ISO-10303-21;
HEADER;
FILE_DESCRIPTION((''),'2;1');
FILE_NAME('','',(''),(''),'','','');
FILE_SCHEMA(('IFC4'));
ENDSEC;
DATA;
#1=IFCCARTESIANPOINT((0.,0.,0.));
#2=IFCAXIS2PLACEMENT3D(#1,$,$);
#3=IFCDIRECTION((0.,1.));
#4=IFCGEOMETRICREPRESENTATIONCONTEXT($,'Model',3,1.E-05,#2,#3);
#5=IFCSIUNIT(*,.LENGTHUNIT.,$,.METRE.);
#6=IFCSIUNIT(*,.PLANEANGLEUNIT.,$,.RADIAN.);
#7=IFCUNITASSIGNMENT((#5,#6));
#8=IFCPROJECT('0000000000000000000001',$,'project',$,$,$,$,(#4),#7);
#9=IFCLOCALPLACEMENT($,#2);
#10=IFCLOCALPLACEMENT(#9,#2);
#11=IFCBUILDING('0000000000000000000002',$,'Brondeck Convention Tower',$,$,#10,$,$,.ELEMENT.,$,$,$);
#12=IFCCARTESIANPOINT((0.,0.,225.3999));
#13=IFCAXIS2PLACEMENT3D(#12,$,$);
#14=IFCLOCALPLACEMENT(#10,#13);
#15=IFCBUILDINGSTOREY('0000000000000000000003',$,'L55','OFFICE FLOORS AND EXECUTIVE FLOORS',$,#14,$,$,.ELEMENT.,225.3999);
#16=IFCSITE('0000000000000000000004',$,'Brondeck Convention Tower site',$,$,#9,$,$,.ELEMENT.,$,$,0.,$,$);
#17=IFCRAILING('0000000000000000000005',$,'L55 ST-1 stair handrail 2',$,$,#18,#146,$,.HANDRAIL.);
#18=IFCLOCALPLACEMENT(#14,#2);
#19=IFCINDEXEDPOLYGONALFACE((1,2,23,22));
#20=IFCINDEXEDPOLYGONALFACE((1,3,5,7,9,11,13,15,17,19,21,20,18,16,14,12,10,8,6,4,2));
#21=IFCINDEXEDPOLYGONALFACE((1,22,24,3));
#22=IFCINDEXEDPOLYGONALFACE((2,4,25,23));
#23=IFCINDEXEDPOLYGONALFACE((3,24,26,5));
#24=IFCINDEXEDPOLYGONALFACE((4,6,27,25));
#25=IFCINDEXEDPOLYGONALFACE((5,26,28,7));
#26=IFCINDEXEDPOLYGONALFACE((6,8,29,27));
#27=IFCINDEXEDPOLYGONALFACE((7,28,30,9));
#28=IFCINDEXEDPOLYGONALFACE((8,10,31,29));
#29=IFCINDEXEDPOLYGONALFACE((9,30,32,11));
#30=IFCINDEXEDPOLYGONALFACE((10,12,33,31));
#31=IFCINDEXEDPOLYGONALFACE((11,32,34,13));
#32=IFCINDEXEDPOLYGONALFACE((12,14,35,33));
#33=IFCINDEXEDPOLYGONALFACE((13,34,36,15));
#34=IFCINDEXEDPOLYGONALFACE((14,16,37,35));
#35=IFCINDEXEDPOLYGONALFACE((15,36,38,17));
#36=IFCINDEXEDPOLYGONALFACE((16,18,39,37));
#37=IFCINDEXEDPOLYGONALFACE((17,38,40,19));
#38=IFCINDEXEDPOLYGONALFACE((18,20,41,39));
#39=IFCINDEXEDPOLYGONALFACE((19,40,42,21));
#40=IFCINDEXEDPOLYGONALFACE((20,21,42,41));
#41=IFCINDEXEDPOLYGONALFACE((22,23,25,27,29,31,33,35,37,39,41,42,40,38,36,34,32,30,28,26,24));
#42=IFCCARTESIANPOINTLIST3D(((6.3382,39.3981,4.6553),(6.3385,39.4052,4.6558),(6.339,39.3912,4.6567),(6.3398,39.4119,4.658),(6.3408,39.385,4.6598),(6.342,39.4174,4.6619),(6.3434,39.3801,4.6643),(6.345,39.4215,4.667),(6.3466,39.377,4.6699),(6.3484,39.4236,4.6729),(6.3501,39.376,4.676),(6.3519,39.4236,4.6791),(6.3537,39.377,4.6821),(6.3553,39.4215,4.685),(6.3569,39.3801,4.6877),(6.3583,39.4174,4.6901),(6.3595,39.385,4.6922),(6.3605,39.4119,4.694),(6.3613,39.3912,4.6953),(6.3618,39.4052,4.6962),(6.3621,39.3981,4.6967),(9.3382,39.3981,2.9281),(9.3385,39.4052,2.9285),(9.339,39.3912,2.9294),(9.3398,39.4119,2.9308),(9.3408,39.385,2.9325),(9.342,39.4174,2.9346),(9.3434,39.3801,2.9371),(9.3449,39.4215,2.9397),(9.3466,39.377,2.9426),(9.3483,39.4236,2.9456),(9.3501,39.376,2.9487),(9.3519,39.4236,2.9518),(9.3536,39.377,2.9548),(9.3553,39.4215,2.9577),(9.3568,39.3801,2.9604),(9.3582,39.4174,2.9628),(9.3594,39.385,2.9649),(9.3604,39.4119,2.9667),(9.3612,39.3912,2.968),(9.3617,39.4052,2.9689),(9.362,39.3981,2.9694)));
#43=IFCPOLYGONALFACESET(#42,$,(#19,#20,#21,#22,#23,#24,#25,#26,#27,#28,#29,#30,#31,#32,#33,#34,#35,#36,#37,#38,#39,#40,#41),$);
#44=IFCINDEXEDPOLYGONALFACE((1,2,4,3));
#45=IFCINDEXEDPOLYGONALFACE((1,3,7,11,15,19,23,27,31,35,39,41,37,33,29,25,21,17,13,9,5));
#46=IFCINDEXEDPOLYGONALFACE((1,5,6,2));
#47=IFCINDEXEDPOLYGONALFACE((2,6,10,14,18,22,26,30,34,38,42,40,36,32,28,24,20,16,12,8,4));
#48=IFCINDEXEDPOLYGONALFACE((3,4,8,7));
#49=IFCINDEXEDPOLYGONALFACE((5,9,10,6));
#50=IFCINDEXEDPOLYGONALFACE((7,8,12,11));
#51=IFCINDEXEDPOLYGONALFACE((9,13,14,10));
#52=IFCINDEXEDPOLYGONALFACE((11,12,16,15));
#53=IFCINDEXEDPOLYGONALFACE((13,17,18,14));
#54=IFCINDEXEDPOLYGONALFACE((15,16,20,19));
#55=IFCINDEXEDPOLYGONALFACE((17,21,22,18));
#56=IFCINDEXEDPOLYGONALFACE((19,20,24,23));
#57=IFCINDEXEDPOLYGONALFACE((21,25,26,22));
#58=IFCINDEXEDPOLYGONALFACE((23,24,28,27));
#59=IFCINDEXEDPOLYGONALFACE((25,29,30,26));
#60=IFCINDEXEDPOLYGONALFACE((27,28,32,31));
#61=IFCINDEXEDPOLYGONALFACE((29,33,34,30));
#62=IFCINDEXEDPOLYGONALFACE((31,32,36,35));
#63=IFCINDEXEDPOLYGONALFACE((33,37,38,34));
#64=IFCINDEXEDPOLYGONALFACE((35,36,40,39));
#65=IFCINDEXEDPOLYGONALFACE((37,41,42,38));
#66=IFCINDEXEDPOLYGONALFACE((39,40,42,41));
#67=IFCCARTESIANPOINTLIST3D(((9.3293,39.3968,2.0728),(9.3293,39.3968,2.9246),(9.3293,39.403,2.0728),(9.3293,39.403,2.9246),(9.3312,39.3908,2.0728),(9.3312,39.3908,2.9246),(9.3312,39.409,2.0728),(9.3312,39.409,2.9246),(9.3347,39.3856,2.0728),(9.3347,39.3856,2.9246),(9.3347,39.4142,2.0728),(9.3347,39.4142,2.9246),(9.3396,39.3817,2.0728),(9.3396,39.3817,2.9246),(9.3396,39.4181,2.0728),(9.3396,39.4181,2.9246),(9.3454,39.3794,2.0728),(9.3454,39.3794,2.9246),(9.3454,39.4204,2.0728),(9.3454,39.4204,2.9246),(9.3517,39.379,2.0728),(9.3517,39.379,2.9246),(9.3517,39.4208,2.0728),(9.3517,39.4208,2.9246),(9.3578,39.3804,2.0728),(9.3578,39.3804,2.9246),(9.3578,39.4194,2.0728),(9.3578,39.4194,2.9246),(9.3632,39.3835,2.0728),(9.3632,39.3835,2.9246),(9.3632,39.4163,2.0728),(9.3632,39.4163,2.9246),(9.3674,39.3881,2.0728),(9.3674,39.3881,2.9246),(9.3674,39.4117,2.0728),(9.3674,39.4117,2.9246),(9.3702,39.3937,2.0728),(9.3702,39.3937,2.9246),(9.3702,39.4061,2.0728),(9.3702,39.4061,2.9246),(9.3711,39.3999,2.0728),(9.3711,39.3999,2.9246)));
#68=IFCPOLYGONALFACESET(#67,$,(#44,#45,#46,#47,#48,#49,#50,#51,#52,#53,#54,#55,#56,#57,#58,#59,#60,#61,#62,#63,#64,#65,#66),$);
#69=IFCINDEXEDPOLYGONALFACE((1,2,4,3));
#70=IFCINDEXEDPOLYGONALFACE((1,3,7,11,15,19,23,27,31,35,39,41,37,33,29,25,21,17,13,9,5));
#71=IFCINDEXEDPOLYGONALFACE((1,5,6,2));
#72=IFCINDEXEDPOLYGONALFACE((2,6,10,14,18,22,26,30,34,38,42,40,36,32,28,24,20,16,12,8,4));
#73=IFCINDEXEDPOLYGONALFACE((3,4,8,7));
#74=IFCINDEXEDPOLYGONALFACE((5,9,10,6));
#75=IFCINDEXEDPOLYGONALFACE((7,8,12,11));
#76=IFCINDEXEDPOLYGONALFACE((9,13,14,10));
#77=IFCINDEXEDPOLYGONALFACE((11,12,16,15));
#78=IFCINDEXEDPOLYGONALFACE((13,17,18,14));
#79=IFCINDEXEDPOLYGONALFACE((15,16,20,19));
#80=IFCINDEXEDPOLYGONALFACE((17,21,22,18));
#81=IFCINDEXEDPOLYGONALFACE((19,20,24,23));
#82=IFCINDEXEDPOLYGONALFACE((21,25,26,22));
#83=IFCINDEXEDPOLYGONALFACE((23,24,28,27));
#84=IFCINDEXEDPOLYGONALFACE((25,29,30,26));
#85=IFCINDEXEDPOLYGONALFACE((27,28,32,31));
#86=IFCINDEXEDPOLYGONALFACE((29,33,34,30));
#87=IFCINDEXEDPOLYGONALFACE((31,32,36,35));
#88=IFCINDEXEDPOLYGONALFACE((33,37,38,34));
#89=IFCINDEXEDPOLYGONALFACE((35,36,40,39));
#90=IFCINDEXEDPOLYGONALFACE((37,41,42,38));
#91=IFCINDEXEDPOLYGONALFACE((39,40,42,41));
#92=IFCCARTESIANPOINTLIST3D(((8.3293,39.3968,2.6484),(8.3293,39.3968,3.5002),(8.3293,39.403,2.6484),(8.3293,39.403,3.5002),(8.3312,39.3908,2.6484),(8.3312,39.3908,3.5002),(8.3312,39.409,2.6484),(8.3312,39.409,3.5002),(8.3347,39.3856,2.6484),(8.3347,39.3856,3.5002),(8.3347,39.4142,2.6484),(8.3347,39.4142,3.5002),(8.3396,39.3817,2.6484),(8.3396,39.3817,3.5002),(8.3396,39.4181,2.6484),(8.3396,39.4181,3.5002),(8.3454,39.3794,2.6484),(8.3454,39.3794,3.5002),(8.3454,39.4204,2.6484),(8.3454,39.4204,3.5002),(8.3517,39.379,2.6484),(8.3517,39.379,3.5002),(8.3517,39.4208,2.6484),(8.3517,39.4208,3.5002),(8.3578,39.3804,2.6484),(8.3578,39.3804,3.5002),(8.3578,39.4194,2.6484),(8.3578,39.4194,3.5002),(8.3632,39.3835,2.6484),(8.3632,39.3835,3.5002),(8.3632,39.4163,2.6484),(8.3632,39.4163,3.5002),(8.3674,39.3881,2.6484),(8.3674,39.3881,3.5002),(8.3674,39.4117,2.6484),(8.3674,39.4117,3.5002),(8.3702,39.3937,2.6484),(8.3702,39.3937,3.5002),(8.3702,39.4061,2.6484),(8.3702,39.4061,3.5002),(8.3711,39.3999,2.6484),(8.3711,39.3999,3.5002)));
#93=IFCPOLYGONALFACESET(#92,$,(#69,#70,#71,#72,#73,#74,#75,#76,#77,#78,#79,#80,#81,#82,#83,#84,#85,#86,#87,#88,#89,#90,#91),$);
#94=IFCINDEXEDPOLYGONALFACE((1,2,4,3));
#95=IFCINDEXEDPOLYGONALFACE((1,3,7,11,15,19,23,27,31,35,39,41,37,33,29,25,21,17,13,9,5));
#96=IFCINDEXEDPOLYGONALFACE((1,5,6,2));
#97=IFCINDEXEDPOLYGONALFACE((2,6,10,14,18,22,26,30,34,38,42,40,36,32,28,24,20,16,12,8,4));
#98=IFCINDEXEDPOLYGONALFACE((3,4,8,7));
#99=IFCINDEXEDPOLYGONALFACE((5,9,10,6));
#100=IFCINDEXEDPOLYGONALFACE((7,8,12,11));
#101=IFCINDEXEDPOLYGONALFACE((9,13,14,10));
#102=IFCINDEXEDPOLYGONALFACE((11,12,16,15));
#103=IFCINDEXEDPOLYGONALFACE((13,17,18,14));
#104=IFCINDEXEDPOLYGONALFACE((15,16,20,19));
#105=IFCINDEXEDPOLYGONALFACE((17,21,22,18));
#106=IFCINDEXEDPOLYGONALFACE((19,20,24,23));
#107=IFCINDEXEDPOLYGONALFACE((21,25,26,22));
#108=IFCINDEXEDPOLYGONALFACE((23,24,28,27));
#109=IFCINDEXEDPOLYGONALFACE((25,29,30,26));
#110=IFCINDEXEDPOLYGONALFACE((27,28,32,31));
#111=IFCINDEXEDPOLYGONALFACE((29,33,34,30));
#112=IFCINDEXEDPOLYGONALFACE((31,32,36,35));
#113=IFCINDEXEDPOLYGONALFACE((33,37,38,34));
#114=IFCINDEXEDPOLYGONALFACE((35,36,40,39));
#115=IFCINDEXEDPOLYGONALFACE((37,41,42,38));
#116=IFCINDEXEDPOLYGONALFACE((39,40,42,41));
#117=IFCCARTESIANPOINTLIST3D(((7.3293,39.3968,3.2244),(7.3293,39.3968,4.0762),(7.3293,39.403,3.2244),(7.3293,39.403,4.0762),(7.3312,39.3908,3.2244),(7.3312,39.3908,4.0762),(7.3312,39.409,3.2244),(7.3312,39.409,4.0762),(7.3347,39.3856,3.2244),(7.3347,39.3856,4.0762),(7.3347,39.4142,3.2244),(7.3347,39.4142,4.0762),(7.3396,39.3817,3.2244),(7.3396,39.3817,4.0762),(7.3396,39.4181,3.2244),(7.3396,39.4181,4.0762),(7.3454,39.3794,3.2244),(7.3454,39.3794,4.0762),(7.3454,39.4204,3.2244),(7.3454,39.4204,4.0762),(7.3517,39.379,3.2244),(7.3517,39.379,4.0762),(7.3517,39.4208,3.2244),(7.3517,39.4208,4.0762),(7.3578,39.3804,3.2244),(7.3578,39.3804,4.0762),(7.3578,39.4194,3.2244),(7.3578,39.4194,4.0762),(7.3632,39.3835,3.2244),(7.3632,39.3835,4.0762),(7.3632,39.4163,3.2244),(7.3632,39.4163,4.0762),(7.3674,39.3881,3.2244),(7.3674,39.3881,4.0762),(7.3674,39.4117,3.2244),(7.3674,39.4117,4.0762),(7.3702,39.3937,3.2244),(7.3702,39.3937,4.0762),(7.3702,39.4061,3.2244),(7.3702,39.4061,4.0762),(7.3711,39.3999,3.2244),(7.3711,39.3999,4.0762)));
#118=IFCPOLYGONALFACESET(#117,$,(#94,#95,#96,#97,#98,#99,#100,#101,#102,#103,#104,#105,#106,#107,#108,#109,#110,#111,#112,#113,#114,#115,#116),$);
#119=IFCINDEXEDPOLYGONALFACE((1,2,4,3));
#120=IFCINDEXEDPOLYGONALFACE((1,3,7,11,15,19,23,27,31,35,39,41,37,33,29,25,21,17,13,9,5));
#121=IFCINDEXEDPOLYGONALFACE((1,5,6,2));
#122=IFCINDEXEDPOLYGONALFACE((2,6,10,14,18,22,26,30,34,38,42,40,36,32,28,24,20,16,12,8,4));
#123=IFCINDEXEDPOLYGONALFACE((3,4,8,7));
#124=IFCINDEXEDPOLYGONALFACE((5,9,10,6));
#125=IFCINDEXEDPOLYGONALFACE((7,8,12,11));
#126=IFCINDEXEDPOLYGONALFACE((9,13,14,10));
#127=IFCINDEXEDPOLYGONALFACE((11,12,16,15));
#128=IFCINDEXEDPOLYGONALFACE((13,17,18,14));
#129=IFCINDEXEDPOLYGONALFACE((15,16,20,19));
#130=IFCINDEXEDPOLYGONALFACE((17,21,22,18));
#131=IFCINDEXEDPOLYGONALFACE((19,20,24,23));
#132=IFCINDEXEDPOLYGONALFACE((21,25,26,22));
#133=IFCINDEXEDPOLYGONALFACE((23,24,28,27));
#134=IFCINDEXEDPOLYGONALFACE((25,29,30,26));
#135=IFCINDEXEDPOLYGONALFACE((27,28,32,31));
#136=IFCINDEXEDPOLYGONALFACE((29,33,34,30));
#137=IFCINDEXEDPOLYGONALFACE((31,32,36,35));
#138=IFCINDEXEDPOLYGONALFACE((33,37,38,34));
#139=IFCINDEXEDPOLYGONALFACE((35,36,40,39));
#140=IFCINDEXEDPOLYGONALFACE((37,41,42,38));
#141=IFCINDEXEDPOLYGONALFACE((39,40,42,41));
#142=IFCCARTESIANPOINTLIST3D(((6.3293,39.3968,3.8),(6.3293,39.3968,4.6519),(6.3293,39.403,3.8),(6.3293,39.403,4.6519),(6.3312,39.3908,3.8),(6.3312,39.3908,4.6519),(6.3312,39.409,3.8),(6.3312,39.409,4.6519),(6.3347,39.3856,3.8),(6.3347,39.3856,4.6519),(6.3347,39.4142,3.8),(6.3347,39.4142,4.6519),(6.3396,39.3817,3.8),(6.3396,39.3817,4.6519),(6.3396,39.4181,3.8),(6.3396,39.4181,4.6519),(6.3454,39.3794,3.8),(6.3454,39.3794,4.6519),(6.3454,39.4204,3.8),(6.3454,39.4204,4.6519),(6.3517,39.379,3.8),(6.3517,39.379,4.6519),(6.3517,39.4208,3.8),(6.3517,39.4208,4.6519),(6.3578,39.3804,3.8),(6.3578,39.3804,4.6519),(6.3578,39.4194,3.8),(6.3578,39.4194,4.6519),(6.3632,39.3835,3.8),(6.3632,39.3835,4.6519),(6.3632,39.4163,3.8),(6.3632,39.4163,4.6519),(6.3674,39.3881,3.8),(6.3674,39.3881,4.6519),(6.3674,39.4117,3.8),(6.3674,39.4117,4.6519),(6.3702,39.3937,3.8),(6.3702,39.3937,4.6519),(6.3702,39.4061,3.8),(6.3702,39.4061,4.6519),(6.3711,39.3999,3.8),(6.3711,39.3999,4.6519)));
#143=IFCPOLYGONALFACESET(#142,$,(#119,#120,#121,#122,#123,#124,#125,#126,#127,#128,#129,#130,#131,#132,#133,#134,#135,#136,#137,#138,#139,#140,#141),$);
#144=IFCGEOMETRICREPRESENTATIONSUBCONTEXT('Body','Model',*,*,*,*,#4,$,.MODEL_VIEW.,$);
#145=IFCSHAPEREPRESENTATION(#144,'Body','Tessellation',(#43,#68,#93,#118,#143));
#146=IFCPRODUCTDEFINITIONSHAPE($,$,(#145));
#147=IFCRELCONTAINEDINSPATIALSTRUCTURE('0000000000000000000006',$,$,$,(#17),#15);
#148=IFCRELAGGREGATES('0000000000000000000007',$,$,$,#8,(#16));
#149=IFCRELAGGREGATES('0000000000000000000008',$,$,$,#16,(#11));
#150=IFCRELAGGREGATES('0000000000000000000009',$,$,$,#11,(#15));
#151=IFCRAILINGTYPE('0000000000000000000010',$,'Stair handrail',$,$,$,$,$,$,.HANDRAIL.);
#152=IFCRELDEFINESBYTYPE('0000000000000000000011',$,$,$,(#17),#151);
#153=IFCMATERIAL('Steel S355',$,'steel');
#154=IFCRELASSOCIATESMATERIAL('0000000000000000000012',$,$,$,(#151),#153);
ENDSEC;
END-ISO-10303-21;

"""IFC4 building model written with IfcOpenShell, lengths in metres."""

from ifc_helpers import new_model, si_unit, direction, frame, origin, origin_2d, place, context, subcontext, project, spatial, circle, extrude, material, type_object, element, save


model = new_model("IFC4")

# Units and contexts
model_context = context("Model", 3, precision=1e-05, world=origin(), true_north=direction((0.0, 1.0)))
body_context = subcontext(model_context, "Body", "Model", "MODEL_VIEW")
ifc_project = project(units=[si_unit("LENGTHUNIT", "METRE"), si_unit("PLANEANGLEUNIT", "RADIAN")], contexts=[model_context])

# Site, building, storey
site_placement = place(None, origin())
site = spatial("IfcSite", under=ifc_project, at=site_placement, Name="Brondeck Convention Tower site", CompositionType="ELEMENT", RefElevation=0.0)
building_placement = place(site_placement, origin())
building = spatial("IfcBuilding", under=site, at=building_placement, Name="Brondeck Convention Tower", CompositionType="ELEMENT")
storey_placement = place(building_placement, frame((0.0, 0.0, 225.3999)))
storey = spatial("IfcBuildingStorey", under=building, at=storey_placement, Name="L55", Description="OFFICE FLOORS AND EXECUTIVE FLOORS", CompositionType="ELEMENT", Elevation=225.3999)

# Shared definitions
ifc_material_1 = material(Name="Steel S355", Category="steel")

# Railing
railing_type_1 = type_object("IfcRailingType", Name="Stair handrail", PredefinedType="HANDRAIL", material=ifc_material_1)
railing_1_placement = place(storey_placement, frame((9.3501, 39.3999, 2.0728)))
element("IfcRailing", 1, at=railing_1_placement, inside=storey, type_object=railing_type_1, Name="L55 ST-1 stair handrail 2", PredefinedType="HANDRAIL", context=body_context, shape_type="SweptSolid", body=[
    extrude(circle(Radius=0.0239, at=origin_2d()), frame((0.0, 0.0, 0.876), z_axis=(-0.86662, 0.0, 0.498969), x_axis=(0.0, -1.0, 0.0)), (0.0, 0.0, 1.0), 3.4617),
    extrude(circle(Radius=0.021, at=origin_2d()), origin(), (0.0, 0.0, 1.0), 0.8518),
    extrude(circle(Radius=0.021, at=origin_2d()), frame((-1.0, 0.0, 0.5757)), (0.0, 0.0, 1.0), 0.8518),
    extrude(circle(Radius=0.021, at=origin_2d()), frame((-2.0, 0.0, 1.1516)), (0.0, 0.0, 1.0), 0.8518),
    extrude(circle(Radius=0.021, at=origin_2d()), frame((-3.0, 0.0, 1.7273)), (0.0, 0.0, 1.0), 0.8518),
])

save(model, "model.ifc")
